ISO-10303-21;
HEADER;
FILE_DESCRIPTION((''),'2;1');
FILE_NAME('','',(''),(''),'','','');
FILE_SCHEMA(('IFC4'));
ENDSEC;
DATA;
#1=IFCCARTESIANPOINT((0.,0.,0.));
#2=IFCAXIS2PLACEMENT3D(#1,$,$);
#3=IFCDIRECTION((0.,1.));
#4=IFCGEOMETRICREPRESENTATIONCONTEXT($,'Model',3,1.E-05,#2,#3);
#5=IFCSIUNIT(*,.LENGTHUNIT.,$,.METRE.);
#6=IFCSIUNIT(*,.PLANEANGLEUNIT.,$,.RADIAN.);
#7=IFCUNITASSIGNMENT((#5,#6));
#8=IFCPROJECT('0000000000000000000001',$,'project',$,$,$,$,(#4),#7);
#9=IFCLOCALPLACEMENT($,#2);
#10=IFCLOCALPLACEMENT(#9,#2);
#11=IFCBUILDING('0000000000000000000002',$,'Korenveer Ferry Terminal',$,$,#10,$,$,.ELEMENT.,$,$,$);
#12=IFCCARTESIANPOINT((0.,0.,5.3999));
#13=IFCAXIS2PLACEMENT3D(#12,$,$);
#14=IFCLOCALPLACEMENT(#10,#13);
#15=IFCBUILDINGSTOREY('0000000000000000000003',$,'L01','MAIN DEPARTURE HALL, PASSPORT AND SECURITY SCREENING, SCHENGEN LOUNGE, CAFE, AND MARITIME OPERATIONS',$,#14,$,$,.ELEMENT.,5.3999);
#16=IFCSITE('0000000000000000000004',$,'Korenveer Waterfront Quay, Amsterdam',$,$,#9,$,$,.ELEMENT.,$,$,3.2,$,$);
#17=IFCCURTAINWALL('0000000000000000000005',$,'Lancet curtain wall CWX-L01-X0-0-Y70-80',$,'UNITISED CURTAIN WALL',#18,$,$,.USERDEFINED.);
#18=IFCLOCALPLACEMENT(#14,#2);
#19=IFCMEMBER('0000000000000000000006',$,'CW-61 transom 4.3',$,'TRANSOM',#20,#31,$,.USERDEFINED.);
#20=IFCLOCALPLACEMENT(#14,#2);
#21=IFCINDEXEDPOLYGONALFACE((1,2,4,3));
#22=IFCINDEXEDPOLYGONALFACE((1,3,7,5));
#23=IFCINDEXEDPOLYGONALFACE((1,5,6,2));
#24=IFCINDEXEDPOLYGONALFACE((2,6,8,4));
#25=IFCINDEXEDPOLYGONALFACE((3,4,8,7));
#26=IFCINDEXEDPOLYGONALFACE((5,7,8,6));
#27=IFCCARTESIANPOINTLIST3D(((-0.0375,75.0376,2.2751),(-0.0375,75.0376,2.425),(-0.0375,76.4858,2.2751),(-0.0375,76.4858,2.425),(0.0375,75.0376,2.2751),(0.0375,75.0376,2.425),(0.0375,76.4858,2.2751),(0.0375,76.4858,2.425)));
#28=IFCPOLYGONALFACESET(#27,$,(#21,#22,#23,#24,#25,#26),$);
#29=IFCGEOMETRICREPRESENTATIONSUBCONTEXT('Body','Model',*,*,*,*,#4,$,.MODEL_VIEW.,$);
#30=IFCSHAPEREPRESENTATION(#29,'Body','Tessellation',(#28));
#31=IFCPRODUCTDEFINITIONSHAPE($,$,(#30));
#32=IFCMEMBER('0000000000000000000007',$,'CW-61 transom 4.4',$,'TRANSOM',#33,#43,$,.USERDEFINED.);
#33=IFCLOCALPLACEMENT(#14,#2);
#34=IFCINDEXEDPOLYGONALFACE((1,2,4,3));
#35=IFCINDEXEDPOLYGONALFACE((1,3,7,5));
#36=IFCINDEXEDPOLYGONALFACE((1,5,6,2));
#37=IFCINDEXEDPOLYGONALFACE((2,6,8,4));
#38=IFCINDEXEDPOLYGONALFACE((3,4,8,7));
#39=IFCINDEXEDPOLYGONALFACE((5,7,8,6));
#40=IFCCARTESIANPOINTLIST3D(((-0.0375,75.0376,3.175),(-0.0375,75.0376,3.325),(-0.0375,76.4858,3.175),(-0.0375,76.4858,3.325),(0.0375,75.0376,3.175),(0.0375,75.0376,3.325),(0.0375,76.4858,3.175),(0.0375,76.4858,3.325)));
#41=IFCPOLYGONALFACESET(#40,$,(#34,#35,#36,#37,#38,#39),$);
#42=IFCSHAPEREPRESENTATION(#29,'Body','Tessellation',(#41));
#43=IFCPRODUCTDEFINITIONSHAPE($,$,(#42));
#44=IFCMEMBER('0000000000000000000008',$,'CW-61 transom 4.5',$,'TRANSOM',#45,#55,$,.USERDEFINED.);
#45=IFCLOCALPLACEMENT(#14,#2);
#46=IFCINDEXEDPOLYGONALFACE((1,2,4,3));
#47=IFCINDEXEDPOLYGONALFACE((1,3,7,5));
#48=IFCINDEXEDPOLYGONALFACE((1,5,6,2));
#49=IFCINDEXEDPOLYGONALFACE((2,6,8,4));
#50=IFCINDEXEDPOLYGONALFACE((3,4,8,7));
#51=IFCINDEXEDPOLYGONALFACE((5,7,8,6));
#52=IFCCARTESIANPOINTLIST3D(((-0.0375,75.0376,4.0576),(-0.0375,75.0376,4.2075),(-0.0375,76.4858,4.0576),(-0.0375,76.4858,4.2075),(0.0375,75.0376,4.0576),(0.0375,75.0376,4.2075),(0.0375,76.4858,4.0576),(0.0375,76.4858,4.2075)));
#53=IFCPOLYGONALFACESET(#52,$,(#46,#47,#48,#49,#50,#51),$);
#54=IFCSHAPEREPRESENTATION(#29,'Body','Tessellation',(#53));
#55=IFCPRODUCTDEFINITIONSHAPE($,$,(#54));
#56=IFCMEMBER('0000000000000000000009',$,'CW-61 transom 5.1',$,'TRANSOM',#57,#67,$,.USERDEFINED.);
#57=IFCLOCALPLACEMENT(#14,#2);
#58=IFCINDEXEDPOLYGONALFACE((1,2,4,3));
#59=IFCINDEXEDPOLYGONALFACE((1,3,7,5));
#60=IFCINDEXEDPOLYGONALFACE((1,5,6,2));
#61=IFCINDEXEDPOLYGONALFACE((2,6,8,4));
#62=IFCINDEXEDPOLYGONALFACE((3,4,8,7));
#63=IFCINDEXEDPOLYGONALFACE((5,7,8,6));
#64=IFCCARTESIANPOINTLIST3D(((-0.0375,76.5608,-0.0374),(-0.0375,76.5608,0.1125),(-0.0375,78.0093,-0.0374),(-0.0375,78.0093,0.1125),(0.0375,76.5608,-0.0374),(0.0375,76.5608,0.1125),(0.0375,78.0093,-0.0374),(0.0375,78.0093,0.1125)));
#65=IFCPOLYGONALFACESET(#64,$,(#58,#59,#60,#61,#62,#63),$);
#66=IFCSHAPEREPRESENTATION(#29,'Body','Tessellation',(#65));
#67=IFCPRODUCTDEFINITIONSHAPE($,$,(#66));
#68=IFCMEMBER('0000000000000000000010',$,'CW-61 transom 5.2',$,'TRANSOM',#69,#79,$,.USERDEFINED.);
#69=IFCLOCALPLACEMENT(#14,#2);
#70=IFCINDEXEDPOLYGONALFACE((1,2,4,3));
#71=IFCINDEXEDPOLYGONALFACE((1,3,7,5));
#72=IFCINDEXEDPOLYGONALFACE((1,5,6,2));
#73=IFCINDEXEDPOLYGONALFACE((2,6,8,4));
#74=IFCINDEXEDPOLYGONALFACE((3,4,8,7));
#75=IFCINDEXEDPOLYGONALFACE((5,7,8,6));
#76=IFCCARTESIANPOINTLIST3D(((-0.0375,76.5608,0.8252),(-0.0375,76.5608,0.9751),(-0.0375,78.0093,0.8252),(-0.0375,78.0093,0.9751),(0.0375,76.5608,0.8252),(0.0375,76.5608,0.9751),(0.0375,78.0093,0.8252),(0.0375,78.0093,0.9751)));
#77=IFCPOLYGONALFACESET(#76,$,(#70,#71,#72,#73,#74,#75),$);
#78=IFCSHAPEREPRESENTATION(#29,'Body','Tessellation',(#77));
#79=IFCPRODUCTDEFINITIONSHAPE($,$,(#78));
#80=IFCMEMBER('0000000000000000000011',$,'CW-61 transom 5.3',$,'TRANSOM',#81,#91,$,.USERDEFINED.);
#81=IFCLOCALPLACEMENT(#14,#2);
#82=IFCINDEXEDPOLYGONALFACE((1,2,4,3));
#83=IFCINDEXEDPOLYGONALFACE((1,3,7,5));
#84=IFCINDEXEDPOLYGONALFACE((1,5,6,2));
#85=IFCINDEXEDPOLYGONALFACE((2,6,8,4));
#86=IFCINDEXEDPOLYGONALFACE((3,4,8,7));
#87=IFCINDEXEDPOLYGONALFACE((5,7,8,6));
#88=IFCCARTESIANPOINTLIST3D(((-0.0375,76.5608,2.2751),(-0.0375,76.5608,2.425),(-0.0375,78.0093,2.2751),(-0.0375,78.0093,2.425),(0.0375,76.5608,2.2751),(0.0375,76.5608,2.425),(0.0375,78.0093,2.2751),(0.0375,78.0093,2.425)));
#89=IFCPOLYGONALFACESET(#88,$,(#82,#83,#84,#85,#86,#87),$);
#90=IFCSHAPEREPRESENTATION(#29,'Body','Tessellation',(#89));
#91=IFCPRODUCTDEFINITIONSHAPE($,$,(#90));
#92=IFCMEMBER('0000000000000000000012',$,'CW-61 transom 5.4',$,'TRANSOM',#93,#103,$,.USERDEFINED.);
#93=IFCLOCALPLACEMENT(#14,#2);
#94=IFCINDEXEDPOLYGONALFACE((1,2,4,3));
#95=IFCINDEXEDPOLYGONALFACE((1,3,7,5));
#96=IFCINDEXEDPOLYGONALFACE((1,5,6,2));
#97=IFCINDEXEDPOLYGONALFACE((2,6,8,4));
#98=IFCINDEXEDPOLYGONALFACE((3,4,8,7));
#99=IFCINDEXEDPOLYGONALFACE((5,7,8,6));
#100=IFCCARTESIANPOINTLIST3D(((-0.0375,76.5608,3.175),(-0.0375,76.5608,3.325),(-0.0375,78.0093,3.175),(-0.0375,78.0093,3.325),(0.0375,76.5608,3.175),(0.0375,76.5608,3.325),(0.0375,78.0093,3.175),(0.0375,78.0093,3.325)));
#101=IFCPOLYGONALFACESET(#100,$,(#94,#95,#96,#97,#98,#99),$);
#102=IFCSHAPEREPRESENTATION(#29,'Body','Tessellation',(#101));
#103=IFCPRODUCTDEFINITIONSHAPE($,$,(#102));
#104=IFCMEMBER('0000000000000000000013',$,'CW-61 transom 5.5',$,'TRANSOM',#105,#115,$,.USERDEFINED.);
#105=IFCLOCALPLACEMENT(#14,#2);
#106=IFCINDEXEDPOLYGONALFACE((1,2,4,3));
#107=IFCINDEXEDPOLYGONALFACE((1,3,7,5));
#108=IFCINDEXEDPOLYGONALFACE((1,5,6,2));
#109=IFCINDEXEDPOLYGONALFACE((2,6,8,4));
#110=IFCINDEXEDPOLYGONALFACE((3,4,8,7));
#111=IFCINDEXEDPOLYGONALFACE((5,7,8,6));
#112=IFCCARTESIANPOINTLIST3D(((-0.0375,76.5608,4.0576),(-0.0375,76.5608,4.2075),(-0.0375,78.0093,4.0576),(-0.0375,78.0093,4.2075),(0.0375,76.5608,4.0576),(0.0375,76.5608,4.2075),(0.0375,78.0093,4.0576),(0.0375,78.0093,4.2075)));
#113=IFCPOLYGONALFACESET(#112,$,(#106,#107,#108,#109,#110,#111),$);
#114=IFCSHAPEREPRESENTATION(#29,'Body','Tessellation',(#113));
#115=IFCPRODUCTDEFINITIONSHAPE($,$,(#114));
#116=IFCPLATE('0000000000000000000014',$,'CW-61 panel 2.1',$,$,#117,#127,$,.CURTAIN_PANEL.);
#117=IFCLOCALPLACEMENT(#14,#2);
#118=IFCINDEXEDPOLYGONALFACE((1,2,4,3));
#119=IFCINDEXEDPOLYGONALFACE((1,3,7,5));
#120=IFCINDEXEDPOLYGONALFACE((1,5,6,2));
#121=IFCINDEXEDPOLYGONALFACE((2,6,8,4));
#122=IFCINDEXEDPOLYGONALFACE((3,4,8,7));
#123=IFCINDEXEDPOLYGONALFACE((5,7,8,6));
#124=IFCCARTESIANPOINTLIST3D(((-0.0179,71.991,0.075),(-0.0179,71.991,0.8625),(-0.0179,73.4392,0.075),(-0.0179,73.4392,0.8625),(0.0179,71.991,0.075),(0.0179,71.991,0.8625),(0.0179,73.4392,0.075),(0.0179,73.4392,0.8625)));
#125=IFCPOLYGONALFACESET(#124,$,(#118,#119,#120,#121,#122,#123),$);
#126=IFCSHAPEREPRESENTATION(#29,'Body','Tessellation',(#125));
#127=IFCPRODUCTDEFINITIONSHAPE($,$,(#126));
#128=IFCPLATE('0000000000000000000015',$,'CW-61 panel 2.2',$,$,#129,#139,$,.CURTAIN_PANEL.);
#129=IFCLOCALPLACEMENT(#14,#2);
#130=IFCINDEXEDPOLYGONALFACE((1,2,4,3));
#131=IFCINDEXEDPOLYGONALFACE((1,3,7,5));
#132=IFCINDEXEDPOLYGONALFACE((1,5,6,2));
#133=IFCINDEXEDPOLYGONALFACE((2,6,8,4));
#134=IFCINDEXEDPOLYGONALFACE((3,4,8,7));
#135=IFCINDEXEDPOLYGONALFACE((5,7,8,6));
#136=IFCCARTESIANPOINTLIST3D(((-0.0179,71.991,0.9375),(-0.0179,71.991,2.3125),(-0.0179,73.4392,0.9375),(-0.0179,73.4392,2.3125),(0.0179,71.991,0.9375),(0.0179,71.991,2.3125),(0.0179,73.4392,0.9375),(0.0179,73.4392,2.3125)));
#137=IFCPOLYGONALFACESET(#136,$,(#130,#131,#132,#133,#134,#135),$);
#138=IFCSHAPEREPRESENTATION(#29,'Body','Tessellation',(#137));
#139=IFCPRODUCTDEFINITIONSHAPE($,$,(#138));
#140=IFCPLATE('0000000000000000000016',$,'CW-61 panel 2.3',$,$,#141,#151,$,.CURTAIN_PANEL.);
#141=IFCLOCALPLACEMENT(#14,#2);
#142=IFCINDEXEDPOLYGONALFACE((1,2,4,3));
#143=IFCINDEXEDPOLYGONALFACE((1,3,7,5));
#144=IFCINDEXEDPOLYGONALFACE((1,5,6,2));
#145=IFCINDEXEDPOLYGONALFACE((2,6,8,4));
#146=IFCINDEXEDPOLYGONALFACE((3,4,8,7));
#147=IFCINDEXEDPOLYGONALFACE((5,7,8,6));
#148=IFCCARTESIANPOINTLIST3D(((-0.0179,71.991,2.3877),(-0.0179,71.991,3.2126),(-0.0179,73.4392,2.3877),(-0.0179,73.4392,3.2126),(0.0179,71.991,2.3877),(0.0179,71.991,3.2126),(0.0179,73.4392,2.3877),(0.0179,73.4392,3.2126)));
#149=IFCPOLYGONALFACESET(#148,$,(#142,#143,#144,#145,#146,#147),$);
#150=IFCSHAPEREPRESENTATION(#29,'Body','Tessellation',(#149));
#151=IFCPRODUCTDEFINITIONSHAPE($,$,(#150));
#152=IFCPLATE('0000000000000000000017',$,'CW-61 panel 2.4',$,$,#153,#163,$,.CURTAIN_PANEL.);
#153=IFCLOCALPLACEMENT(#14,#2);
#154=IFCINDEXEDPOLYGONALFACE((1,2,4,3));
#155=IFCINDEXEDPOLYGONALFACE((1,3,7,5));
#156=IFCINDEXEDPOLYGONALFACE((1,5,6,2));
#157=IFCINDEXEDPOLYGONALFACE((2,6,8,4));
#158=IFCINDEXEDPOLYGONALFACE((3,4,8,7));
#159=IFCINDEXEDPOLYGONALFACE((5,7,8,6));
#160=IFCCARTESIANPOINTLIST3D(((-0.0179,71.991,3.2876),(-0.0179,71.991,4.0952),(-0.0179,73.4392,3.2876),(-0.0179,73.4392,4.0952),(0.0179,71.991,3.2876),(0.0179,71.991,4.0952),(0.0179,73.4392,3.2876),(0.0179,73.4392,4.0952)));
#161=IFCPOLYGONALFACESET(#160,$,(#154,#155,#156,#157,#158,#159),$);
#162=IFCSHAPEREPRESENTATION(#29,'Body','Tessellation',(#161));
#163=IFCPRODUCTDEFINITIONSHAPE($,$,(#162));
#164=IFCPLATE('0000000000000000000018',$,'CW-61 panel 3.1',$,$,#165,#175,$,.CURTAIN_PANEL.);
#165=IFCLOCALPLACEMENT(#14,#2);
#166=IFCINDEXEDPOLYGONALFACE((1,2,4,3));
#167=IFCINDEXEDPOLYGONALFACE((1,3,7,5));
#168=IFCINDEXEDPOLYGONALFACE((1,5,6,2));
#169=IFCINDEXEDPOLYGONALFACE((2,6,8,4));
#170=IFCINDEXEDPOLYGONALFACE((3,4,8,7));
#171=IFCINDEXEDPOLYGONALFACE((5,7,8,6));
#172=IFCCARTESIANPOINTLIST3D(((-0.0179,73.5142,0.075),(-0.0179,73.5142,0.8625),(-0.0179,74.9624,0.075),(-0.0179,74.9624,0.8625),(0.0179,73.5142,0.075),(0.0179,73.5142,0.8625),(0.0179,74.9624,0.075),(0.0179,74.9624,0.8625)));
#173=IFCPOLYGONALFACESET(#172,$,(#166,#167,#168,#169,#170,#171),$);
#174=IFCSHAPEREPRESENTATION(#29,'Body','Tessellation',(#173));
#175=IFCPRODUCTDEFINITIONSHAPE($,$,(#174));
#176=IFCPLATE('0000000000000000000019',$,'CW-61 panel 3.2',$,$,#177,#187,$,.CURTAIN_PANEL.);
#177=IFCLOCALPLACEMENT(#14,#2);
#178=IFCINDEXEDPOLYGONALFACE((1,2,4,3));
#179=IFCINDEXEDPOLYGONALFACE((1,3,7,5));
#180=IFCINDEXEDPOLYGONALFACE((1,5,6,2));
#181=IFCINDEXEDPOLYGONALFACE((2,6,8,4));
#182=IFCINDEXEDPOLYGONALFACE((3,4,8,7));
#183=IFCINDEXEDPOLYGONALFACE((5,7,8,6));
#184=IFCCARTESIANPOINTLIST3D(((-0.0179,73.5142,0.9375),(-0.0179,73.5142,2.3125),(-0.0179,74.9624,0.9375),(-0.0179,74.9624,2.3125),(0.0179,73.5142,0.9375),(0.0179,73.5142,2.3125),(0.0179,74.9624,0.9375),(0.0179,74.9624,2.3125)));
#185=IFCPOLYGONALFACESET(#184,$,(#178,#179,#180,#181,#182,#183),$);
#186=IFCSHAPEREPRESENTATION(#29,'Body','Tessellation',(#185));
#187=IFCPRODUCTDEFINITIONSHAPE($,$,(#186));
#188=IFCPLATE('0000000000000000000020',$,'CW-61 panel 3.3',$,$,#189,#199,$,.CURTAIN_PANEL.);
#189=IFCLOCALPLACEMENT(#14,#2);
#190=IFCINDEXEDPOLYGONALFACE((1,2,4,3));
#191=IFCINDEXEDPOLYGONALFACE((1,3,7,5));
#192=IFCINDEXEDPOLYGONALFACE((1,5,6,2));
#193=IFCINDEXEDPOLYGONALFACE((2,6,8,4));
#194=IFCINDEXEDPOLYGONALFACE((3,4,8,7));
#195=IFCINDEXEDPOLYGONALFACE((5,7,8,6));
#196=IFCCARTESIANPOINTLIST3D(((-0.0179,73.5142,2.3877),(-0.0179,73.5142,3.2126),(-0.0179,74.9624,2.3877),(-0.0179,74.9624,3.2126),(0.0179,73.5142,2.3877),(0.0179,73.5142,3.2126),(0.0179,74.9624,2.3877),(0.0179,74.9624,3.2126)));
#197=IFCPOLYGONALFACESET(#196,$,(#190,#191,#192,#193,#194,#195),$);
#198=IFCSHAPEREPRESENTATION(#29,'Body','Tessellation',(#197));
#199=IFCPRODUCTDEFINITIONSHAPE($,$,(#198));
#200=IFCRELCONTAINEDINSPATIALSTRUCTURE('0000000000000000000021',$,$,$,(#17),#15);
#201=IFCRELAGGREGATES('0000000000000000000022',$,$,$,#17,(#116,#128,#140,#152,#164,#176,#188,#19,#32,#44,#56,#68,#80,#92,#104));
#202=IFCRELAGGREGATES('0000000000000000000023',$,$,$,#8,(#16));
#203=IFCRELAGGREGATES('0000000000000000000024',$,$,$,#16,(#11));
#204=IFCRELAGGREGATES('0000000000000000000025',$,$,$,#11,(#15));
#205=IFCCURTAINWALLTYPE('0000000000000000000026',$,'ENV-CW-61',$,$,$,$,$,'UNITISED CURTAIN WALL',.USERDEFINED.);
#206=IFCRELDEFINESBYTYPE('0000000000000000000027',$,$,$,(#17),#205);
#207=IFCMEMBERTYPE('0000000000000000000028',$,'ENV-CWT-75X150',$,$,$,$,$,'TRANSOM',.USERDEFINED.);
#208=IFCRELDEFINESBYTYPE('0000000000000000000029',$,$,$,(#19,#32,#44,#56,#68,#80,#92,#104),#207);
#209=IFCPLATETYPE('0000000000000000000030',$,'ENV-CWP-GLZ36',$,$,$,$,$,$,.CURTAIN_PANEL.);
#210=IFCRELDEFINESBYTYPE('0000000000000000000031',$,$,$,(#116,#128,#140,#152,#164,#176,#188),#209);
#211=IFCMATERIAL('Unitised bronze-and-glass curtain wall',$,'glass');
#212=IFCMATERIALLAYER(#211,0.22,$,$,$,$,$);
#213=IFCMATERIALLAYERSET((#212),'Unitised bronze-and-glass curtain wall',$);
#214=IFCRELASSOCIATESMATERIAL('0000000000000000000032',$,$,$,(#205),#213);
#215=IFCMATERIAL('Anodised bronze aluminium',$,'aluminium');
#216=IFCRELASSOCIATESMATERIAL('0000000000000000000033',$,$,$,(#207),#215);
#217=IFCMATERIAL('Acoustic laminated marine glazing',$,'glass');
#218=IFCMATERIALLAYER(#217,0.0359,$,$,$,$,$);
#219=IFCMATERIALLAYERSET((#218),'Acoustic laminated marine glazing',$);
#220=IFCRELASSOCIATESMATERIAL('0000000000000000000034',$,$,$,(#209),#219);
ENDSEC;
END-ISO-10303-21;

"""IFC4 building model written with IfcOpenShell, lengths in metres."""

from ifc_helpers import new_model, si_unit, direction, frame, origin, origin_2d, place, context, subcontext, project, spatial, rectangle, extrude, material, layer, layer_set, material_profile, profile_set, type_object, element, aggregate, save


model = new_model("IFC4")

# Units and contexts
model_context = context("Model", 3, precision=1e-05, world=origin(), true_north=direction((0.0, 1.0)))
body_context = subcontext(model_context, "Body", "Model", "MODEL_VIEW")
ifc_project = project(units=[si_unit("LENGTHUNIT", "METRE"), si_unit("PLANEANGLEUNIT", "RADIAN")], contexts=[model_context])

# Site, building, storey
site_placement = place(None, origin())
site = spatial("IfcSite", under=ifc_project, at=site_placement, Name="Korenveer Waterfront Quay, Amsterdam", CompositionType="ELEMENT", RefElevation=3.2)
building_placement = place(site_placement, origin())
building = spatial("IfcBuilding", under=site, at=building_placement, Name="Korenveer Ferry Terminal", CompositionType="ELEMENT")
storey_placement = place(building_placement, frame((0.0, 0.0, 5.3999)))
storey = spatial("IfcBuildingStorey", under=building, at=storey_placement, Name="L01", Description="MAIN DEPARTURE HALL, PASSPORT AND SECURITY SCREENING, SCHENGEN LOUNGE, CAFE, AND MARITIME OPERATIONS", CompositionType="ELEMENT", Elevation=5.3999)

# Curtain wall, members, plates
ifc_material_1 = material(Name="Unitised bronze-and-glass curtain wall", Category="glass")
ifc_layer_1 = layer(ifc_material_1, 0.22)
ifc_layer_set_1 = layer_set([ifc_layer_1], Name="Unitised bronze-and-glass curtain wall")
curtain_wall_type = type_object("IfcCurtainWallType", Name="ENV-CW-61", ElementType="UNITISED CURTAIN WALL", PredefinedType="USERDEFINED", material=ifc_layer_set_1)
curtain_wall_placement = place(storey_placement, frame((0.0, 70.4299, 0.0)))
curtain_wall = element("IfcCurtainWall", 1, at=curtain_wall_placement, inside=storey, type_object=curtain_wall_type, Name="Lancet curtain wall CWX-L01-X0-0-Y70-80", ObjectType="UNITISED CURTAIN WALL", PredefinedType="USERDEFINED")
ifc_material_2 = material(Name="Anodised bronze aluminium", Category="aluminium")
ifc_material_profile_1 = material_profile(ifc_material_2, rectangle(XDim=0.075, YDim=0.1499, at=origin_2d()), Name="ALU 75x150")
ifc_profile_set_1 = profile_set([ifc_material_profile_1], Name="Anodised bronze aluminium")
member_type_1 = type_object("IfcMemberType", Name="ENV-CWT-75X150", ElementType="TRANSOM", PredefinedType="USERDEFINED", material=ifc_profile_set_1)
member_1_placement = place(storey_placement, frame((0.0, 75.0376, 2.3501), z_axis=(0.0, 1.0, 0.0), x_axis=(-1.0, 0.0, 0.0)))
member_1 = element("IfcMember", 2, at=member_1_placement, type_object=member_type_1, Name="CW-61 transom 4.3", ObjectType="TRANSOM", PredefinedType="USERDEFINED", context=body_context, shape_type="SweptSolid", body=[
    extrude(rectangle(XDim=0.075, YDim=0.1499, at=origin_2d()), origin(), (0.0, 0.0, 1.0), 1.4482),
])
member_2_placement = place(storey_placement, frame((0.0, 75.0376, 3.25), z_axis=(0.0, 1.0, 0.0), x_axis=(-1.0, 0.0, 0.0)))
member_2 = element("IfcMember", 3, at=member_2_placement, type_object=member_type_1, Name="CW-61 transom 4.4", ObjectType="TRANSOM", PredefinedType="USERDEFINED", context=body_context, shape_type="SweptSolid", body=[
    extrude(rectangle(XDim=0.075, YDim=0.1499, at=origin_2d()), origin(), (0.0, 0.0, 1.0), 1.4482),
])
member_3_placement = place(storey_placement, frame((0.0, 75.0376, 4.1326), z_axis=(0.0, 1.0, 0.0), x_axis=(-1.0, 0.0, 0.0)))
member_3 = element("IfcMember", 4, at=member_3_placement, type_object=member_type_1, Name="CW-61 transom 4.5", ObjectType="TRANSOM", PredefinedType="USERDEFINED", context=body_context, shape_type="SweptSolid", body=[
    extrude(rectangle(XDim=0.075, YDim=0.1499, at=origin_2d()), origin(), (0.0, 0.0, 1.0), 1.4482),
])
member_4_placement = place(storey_placement, frame((0.0, 76.5608, 0.0376), z_axis=(0.0, 1.0, 0.0), x_axis=(-1.0, 0.0, 0.0)))
member_4 = element("IfcMember", 5, at=member_4_placement, type_object=member_type_1, Name="CW-61 transom 5.1", ObjectType="TRANSOM", PredefinedType="USERDEFINED", context=body_context, shape_type="SweptSolid", body=[
    extrude(rectangle(XDim=0.075, YDim=0.1499, at=origin_2d()), origin(), (0.0, 0.0, 1.0), 1.4485),
])
member_5_placement = place(storey_placement, frame((0.0, 76.5608, 0.9001), z_axis=(0.0, 1.0, 0.0), x_axis=(-1.0, 0.0, 0.0)))
member_5 = element("IfcMember", 6, at=member_5_placement, type_object=member_type_1, Name="CW-61 transom 5.2", ObjectType="TRANSOM", PredefinedType="USERDEFINED", context=body_context, shape_type="SweptSolid", body=[
    extrude(rectangle(XDim=0.075, YDim=0.1499, at=origin_2d()), origin(), (0.0, 0.0, 1.0), 1.4485),
])
member_6_placement = place(storey_placement, frame((0.0, 76.5608, 2.3501), z_axis=(0.0, 1.0, 0.0), x_axis=(-1.0, 0.0, 0.0)))
member_6 = element("IfcMember", 7, at=member_6_placement, type_object=member_type_1, Name="CW-61 transom 5.3", ObjectType="TRANSOM", PredefinedType="USERDEFINED", context=body_context, shape_type="SweptSolid", body=[
    extrude(rectangle(XDim=0.075, YDim=0.1499, at=origin_2d()), origin(), (0.0, 0.0, 1.0), 1.4485),
])
member_7_placement = place(storey_placement, frame((0.0, 76.5608, 3.25), z_axis=(0.0, 1.0, 0.0), x_axis=(-1.0, 0.0, 0.0)))
member_7 = element("IfcMember", 8, at=member_7_placement, type_object=member_type_1, Name="CW-61 transom 5.4", ObjectType="TRANSOM", PredefinedType="USERDEFINED", context=body_context, shape_type="SweptSolid", body=[
    extrude(rectangle(XDim=0.075, YDim=0.1499, at=origin_2d()), origin(), (0.0, 0.0, 1.0), 1.4485),
])
member_8_placement = place(storey_placement, frame((0.0, 76.5608, 4.1326), z_axis=(0.0, 1.0, 0.0), x_axis=(-1.0, 0.0, 0.0)))
member_8 = element("IfcMember", 9, at=member_8_placement, type_object=member_type_1, Name="CW-61 transom 5.5", ObjectType="TRANSOM", PredefinedType="USERDEFINED", context=body_context, shape_type="SweptSolid", body=[
    extrude(rectangle(XDim=0.075, YDim=0.1499, at=origin_2d()), origin(), (0.0, 0.0, 1.0), 1.4485),
])
ifc_material_3 = material(Name="Acoustic laminated marine glazing", Category="glass")
ifc_layer_2 = layer(ifc_material_3, 0.0359)
ifc_layer_set_2 = layer_set([ifc_layer_2], Name="Acoustic laminated marine glazing")
plate_type = type_object("IfcPlateType", Name="ENV-CWP-GLZ36", PredefinedType="CURTAIN_PANEL", material=ifc_layer_set_2)
plate_1_placement = place(storey_placement, frame((0.0, 72.7151, 0.075), z_axis=(0.0, 0.0, 1.0), x_axis=(0.0, 1.0, 0.0)))
plate_1 = element("IfcPlate", 10, at=plate_1_placement, type_object=plate_type, Name="CW-61 panel 2.1", PredefinedType="CURTAIN_PANEL", context=body_context, shape_type="SweptSolid", body=[
    extrude(rectangle(XDim=1.4482, YDim=0.0359, at=origin_2d()), origin(), (0.0, 0.0, 1.0), 0.7876),
])
plate_2_placement = place(storey_placement, frame((0.0, 72.7151, 0.9375), z_axis=(0.0, 0.0, 1.0), x_axis=(0.0, 1.0, 0.0)))
plate_2 = element("IfcPlate", 11, at=plate_2_placement, type_object=plate_type, Name="CW-61 panel 2.2", PredefinedType="CURTAIN_PANEL", context=body_context, shape_type="SweptSolid", body=[
    extrude(rectangle(XDim=1.4482, YDim=0.0359, at=origin_2d()), origin(), (0.0, 0.0, 1.0), 1.375),
])
plate_3_placement = place(storey_placement, frame((0.0, 72.7151, 2.3877), z_axis=(0.0, 0.0, 1.0), x_axis=(0.0, 1.0, 0.0)))
plate_3 = element("IfcPlate", 12, at=plate_3_placement, type_object=plate_type, Name="CW-61 panel 2.3", PredefinedType="CURTAIN_PANEL", context=body_context, shape_type="SweptSolid", body=[
    extrude(rectangle(XDim=1.4482, YDim=0.0359, at=origin_2d()), origin(), (0.0, 0.0, 1.0), 0.825),
])
plate_4_placement = place(storey_placement, frame((0.0, 72.7151, 3.2876), z_axis=(0.0, 0.0, 1.0), x_axis=(0.0, 1.0, 0.0)))
plate_4 = element("IfcPlate", 13, at=plate_4_placement, type_object=plate_type, Name="CW-61 panel 2.4", PredefinedType="CURTAIN_PANEL", context=body_context, shape_type="SweptSolid", body=[
    extrude(rectangle(XDim=1.4482, YDim=0.0359, at=origin_2d()), origin(), (0.0, 0.0, 1.0), 0.8076),
])
plate_5_placement = place(storey_placement, frame((0.0, 74.2383, 0.075), z_axis=(0.0, 0.0, 1.0), x_axis=(0.0, 1.0, 0.0)))
plate_5 = element("IfcPlate", 14, at=plate_5_placement, type_object=plate_type, Name="CW-61 panel 3.1", PredefinedType="CURTAIN_PANEL", context=body_context, shape_type="SweptSolid", body=[
    extrude(rectangle(XDim=1.4482, YDim=0.0359, at=origin_2d()), origin(), (0.0, 0.0, 1.0), 0.7876),
])
plate_6_placement = place(storey_placement, frame((0.0, 74.2383, 0.9375), z_axis=(0.0, 0.0, 1.0), x_axis=(0.0, 1.0, 0.0)))
plate_6 = element("IfcPlate", 15, at=plate_6_placement, type_object=plate_type, Name="CW-61 panel 3.2", PredefinedType="CURTAIN_PANEL", context=body_context, shape_type="SweptSolid", body=[
    extrude(rectangle(XDim=1.4482, YDim=0.0359, at=origin_2d()), origin(), (0.0, 0.0, 1.0), 1.375),
])
plate_7_placement = place(storey_placement, frame((0.0, 74.2383, 2.3877), z_axis=(0.0, 0.0, 1.0), x_axis=(0.0, 1.0, 0.0)))
plate_7 = element("IfcPlate", 16, at=plate_7_placement, type_object=plate_type, Name="CW-61 panel 3.3", PredefinedType="CURTAIN_PANEL", context=body_context, shape_type="SweptSolid", body=[
    extrude(rectangle(XDim=1.4482, YDim=0.0359, at=origin_2d()), origin(), (0.0, 0.0, 1.0), 0.825),
])
aggregate(curtain_wall, [plate_1, plate_2, plate_3, plate_4, plate_5, plate_6, plate_7, member_1, member_2, member_3, member_4, member_5, member_6, member_7, member_8])

save(model, "model.ifc")
